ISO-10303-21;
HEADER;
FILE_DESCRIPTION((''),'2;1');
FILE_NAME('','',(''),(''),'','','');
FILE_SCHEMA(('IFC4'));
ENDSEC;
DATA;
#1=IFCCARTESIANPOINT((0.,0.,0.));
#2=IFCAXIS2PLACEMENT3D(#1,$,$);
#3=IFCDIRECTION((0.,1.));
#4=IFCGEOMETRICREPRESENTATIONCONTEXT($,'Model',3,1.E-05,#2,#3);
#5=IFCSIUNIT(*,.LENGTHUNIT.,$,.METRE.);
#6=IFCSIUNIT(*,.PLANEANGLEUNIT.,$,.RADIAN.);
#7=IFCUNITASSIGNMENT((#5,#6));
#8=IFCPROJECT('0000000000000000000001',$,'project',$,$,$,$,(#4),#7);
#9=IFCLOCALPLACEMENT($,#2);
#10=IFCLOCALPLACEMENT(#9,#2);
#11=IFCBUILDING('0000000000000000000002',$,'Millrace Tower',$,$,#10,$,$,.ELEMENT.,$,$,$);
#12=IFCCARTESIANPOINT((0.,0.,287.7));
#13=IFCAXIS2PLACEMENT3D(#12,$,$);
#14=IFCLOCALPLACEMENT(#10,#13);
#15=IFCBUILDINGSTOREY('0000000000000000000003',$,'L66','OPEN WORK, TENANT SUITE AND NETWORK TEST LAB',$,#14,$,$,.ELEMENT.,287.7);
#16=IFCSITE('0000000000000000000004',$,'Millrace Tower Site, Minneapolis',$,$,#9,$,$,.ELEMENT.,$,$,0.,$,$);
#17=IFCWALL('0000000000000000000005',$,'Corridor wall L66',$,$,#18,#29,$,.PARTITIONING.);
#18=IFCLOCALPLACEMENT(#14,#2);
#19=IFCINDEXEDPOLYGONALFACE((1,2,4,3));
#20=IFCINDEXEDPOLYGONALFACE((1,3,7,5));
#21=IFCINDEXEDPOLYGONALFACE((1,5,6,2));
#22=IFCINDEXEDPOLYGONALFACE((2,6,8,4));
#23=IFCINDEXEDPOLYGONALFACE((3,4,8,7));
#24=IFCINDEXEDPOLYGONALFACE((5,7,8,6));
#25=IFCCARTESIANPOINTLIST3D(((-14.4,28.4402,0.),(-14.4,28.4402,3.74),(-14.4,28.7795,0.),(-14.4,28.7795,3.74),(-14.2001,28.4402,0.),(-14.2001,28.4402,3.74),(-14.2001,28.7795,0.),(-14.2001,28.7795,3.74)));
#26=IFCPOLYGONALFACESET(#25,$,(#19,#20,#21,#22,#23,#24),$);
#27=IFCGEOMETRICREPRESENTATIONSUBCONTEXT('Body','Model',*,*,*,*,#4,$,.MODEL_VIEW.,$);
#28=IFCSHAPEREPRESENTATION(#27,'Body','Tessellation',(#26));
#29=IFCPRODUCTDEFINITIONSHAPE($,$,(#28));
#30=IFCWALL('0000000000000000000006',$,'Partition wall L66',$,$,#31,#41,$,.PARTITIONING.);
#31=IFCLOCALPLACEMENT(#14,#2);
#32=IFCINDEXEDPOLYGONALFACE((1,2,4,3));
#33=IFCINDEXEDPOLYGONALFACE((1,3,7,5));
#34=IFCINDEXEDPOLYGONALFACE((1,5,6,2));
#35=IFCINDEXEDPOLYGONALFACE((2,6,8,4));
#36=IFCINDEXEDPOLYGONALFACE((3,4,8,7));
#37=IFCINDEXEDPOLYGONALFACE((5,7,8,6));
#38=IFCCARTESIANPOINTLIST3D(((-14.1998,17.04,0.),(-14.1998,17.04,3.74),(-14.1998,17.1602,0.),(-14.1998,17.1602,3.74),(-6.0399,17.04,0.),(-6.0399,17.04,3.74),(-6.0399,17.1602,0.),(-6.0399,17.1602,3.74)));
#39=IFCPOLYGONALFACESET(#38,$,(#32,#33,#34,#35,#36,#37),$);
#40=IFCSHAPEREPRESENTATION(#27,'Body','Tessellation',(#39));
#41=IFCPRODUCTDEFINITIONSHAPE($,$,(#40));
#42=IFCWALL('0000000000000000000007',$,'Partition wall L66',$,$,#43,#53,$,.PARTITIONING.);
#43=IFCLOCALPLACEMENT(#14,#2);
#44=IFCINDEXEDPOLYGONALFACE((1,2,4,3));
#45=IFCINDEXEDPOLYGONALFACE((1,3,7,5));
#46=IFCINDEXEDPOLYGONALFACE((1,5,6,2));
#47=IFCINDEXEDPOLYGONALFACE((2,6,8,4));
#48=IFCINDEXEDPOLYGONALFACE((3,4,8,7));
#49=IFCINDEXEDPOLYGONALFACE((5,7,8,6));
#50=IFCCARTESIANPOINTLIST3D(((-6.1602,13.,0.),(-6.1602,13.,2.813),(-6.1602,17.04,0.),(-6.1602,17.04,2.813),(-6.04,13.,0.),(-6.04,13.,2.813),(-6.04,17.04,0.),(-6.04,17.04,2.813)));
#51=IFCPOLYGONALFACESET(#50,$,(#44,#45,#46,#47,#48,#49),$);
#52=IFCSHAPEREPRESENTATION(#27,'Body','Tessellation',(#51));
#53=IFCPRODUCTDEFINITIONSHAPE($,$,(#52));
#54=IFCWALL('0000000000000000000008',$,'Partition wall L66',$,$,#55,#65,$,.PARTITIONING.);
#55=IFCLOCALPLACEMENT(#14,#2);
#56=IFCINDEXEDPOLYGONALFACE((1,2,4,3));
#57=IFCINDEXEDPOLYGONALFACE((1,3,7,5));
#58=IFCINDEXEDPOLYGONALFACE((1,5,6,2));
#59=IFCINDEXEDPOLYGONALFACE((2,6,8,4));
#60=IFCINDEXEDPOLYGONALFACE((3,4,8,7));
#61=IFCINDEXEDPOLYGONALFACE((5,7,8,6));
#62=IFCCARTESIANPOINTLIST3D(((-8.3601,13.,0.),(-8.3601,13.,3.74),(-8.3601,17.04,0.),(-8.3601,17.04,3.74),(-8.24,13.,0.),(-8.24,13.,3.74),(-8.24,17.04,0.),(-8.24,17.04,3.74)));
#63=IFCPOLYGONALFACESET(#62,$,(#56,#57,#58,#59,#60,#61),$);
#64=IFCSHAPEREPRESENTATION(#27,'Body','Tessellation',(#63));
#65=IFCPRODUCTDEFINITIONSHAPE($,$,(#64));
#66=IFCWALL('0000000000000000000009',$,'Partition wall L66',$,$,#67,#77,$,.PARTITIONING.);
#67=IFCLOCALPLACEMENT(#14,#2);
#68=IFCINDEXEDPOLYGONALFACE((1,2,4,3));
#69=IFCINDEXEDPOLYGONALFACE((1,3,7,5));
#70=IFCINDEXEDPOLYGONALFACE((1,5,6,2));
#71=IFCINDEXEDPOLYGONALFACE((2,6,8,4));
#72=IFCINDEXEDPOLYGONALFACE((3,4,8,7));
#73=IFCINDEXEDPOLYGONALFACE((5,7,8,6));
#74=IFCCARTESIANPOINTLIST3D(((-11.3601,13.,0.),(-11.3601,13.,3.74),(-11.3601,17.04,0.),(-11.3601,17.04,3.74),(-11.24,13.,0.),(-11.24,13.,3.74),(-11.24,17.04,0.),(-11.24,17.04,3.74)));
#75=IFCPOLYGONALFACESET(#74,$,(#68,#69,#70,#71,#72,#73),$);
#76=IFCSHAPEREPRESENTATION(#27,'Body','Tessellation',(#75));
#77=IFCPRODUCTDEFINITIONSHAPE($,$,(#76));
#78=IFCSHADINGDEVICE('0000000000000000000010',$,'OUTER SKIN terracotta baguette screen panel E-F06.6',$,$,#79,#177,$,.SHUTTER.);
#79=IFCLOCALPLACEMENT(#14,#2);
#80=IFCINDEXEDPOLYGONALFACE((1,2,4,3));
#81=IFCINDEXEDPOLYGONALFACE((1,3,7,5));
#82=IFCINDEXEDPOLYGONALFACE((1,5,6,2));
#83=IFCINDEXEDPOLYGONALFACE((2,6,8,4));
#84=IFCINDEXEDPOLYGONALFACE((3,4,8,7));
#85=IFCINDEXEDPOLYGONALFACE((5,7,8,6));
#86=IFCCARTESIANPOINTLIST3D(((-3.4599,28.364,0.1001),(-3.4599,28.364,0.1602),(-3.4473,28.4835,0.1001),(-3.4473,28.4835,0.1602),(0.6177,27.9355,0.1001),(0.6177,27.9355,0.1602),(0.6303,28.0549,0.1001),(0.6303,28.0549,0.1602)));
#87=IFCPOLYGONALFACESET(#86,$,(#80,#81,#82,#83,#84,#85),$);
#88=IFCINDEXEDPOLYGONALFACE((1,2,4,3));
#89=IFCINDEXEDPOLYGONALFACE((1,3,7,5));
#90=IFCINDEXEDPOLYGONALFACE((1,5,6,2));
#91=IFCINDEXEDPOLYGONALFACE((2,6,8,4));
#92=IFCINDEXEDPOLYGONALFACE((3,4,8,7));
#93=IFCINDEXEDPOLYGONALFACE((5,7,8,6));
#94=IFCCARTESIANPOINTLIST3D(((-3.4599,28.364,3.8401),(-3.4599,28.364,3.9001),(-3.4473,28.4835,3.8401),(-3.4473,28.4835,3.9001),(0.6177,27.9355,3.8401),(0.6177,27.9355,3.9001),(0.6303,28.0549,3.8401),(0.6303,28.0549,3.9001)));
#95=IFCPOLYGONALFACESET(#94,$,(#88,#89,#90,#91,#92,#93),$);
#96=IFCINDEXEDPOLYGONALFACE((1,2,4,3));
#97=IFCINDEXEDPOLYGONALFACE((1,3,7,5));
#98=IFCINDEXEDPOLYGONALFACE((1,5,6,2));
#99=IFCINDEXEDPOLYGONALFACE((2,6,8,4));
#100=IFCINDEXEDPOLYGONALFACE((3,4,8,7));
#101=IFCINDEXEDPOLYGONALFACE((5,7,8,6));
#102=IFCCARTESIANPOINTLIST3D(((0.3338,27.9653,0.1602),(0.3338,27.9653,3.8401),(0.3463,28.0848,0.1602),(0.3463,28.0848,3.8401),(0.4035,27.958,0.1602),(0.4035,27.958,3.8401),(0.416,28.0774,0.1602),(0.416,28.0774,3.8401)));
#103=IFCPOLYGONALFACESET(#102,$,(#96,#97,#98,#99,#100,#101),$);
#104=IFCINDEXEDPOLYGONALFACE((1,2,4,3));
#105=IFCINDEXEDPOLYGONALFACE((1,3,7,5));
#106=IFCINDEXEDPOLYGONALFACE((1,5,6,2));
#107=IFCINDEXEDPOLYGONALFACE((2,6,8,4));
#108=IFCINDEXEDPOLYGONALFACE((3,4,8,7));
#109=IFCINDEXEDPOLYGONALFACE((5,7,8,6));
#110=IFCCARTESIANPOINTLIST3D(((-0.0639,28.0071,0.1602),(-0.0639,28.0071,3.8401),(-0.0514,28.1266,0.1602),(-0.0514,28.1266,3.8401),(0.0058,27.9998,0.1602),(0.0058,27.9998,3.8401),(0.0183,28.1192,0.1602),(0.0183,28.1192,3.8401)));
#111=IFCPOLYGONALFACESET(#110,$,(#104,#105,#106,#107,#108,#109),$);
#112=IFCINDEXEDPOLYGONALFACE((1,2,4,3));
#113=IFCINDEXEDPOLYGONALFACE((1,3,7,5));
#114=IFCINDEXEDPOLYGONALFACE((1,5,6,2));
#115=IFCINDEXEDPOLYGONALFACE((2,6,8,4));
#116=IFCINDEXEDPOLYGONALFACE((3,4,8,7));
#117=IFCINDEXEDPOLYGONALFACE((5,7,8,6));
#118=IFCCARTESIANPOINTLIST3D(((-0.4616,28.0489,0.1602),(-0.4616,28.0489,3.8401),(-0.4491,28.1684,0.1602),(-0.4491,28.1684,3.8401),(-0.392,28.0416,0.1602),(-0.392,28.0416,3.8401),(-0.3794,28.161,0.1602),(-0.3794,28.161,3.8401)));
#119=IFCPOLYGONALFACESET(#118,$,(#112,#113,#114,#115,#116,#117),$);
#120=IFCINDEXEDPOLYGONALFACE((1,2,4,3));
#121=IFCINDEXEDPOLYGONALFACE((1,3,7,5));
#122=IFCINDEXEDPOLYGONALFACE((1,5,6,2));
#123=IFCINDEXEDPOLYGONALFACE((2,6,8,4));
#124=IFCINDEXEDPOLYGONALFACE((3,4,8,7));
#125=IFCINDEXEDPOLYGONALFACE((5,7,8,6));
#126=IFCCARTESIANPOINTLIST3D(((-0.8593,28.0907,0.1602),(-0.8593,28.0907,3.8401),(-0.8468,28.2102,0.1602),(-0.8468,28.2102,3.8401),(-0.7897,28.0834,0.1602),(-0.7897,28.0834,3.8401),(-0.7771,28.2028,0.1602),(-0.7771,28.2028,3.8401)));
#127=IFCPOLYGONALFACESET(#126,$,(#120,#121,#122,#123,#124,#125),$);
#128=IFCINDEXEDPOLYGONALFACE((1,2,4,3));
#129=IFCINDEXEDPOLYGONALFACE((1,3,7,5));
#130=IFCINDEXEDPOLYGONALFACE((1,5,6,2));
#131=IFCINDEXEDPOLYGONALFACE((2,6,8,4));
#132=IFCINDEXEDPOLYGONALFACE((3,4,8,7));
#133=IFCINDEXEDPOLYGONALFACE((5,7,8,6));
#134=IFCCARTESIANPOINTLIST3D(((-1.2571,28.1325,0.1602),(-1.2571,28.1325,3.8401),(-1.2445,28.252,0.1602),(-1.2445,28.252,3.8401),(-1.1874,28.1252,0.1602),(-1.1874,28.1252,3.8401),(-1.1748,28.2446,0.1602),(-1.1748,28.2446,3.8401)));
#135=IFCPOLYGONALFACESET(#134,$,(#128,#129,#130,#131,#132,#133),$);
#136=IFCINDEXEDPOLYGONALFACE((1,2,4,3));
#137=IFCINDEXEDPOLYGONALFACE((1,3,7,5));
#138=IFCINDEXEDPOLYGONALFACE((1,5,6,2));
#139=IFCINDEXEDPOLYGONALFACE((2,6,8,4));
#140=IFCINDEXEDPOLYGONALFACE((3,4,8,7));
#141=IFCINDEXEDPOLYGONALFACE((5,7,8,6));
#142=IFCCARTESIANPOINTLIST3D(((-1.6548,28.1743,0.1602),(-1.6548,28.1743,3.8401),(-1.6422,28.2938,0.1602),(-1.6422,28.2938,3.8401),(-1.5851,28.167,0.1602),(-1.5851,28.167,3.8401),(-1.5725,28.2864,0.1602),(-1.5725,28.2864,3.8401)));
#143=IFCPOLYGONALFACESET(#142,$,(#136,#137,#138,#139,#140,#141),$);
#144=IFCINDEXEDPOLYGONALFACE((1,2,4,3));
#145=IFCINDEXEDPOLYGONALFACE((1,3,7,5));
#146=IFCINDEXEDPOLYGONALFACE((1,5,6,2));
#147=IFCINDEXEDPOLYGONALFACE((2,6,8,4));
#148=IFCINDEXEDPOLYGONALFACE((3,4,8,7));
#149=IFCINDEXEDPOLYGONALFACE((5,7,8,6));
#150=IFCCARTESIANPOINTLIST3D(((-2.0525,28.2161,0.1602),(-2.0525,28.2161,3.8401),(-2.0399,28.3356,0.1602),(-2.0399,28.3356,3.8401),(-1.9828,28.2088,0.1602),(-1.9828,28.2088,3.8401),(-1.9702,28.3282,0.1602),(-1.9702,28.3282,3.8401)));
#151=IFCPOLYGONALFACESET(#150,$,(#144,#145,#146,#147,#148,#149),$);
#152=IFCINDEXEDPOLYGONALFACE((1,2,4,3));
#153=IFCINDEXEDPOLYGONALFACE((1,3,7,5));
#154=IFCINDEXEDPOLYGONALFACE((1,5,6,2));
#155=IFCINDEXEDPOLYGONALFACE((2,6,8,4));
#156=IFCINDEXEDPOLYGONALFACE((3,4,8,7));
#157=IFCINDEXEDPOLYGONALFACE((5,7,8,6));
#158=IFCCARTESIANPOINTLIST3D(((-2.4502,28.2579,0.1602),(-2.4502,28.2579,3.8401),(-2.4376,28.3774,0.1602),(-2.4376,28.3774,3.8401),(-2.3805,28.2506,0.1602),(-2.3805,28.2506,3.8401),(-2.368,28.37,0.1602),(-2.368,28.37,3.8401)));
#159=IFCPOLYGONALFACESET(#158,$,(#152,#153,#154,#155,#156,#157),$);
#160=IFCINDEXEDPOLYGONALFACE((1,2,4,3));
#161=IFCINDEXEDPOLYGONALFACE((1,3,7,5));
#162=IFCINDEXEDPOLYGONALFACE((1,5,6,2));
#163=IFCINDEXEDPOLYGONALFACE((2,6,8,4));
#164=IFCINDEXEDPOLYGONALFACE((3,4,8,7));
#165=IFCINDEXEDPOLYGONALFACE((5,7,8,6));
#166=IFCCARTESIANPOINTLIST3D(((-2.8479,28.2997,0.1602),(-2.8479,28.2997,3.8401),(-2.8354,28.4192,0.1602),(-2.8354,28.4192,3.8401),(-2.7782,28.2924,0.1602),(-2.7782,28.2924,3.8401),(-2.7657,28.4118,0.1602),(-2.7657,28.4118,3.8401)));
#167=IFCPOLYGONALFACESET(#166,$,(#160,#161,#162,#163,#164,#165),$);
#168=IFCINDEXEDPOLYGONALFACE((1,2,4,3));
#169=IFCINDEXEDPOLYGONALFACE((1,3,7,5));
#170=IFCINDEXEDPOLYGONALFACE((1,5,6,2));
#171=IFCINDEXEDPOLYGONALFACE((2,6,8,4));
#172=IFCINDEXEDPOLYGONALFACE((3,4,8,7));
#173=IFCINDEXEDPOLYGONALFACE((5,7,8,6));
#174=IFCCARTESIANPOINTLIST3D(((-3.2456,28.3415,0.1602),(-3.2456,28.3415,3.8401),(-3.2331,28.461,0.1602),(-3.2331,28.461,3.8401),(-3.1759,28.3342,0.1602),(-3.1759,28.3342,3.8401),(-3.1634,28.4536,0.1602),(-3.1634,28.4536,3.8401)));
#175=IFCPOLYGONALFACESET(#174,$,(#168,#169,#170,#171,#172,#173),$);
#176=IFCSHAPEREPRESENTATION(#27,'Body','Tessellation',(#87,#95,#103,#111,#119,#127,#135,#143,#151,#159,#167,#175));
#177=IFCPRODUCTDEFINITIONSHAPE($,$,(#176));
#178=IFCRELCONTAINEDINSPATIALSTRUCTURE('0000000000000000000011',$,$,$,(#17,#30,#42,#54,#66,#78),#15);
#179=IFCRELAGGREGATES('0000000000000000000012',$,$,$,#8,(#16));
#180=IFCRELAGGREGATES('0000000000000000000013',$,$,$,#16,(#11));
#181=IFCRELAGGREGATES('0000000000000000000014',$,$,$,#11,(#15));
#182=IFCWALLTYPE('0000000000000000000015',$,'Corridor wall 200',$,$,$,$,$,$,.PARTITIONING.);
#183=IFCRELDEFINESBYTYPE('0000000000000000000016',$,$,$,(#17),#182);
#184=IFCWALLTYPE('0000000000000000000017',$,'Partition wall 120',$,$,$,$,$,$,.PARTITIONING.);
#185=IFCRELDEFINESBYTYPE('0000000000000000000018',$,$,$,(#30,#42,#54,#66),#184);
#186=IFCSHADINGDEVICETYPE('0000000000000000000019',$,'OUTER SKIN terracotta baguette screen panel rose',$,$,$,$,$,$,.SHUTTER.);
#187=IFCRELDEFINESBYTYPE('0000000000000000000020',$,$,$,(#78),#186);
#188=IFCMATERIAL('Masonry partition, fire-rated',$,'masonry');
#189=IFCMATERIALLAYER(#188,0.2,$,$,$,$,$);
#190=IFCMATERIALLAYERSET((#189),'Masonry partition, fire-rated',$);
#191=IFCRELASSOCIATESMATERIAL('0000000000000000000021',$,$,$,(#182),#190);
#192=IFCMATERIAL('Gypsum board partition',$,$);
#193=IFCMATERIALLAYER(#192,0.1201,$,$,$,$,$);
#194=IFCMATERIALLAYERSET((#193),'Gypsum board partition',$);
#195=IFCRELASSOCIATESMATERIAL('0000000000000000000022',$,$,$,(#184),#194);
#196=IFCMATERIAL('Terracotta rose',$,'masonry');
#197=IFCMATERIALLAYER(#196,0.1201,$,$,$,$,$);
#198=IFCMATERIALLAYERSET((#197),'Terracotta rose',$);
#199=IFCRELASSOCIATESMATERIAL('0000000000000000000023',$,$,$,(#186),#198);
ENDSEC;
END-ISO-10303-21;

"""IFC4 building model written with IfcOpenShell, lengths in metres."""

from ifc_helpers import new_model, entity, si_unit, direction, frame, frame_2d, origin, place, context, subcontext, project, spatial, rectangle, extrude, source, transform, mapped, material, layer, layer_set, type_object, element, save


model = new_model("IFC4")

# Units and contexts
model_context = context("Model", 3, precision=1e-05, world=origin(), true_north=direction((0.0, 1.0)))
body_context = subcontext(model_context, "Body", "Model", "MODEL_VIEW")
ifc_project = project(units=[si_unit("LENGTHUNIT", "METRE"), si_unit("PLANEANGLEUNIT", "RADIAN")], contexts=[model_context])

# Site, building, storey
site_placement = place(None, origin())
site = spatial("IfcSite", under=ifc_project, at=site_placement, Name="Millrace Tower Site, Minneapolis", CompositionType="ELEMENT", RefElevation=0.0)
building_placement = place(site_placement, origin())
building = spatial("IfcBuilding", under=site, at=building_placement, Name="Millrace Tower", CompositionType="ELEMENT")
storey_placement = place(building_placement, frame((0.0, 0.0, 287.7)))
storey = spatial("IfcBuildingStorey", under=building, at=storey_placement, Name="L66", Description="OPEN WORK, TENANT SUITE AND NETWORK TEST LAB", CompositionType="ELEMENT", Elevation=287.7)

# Shared definitions
ifc_material_1 = material(Name="Masonry partition, fire-rated", Category="masonry")
ifc_layer_1 = layer(ifc_material_1, 0.2)
ifc_layer_set_1 = layer_set([ifc_layer_1], Name="Masonry partition, fire-rated")
wall_type_1 = type_object("IfcWallType", Name="Corridor wall 200", PredefinedType="PARTITIONING", material=ifc_layer_set_1)

# Walls
wall_1_placement = place(storey_placement, frame((-14.3, 28.4402, 0.0), z_axis=(0.0, 0.0, 1.0), x_axis=(0.0, 1.0, 0.0)))
element("IfcWall", 1, at=wall_1_placement, inside=storey, type_object=wall_type_1, Name="Corridor wall L66", PredefinedType="PARTITIONING", context=body_context, shape_type="SweptSolid", body=[
    extrude(rectangle(XDim=0.3394, YDim=0.2, at=frame_2d((0.1697, 0.0))), origin(), (0.0, 0.0, 1.0), 3.74),
])
ifc_material_2 = material(Name="Gypsum board partition")
ifc_layer_2 = layer(ifc_material_2, 0.1201)
ifc_layer_set_2 = layer_set([ifc_layer_2], Name="Gypsum board partition")
wall_type_2 = type_object("IfcWallType", Name="Partition wall 120", PredefinedType="PARTITIONING", material=ifc_layer_set_2)
wall_2_placement = place(storey_placement, frame((-14.2, 17.1001, 0.0), z_axis=(0.0, 0.0, 1.0), x_axis=(1.0, 0.0, 0.0)))
element("IfcWall", 2, at=wall_2_placement, inside=storey, type_object=wall_type_2, Name="Partition wall L66", PredefinedType="PARTITIONING", context=body_context, shape_type="SweptSolid", body=[
    extrude(rectangle(XDim=8.1599, YDim=0.1201, at=frame_2d((4.0801, 0.0))), origin(), (0.0, 0.0, 1.0), 3.74),
])
wall_3_placement = place(storey_placement, frame((-6.1001, 13.0, 0.0), z_axis=(0.0, 0.0, 1.0), x_axis=(0.0, 1.0, 0.0)))
element("IfcWall", 3, at=wall_3_placement, inside=storey, type_object=wall_type_2, Name="Partition wall L66", PredefinedType="PARTITIONING", context=body_context, shape_type="SweptSolid", body=[
    extrude(rectangle(XDim=4.04, YDim=0.1201, at=frame_2d((2.02, 0.0))), origin(), (0.0, 0.0, 1.0), 2.813),
])
for number, where, z_axis, x_axis, name in (
    (4, (-8.3, 13.0, 0.0), (0.0, 0.0, 1.0), (0.0, 1.0, 0.0), "Partition wall L66"),
    (5, (-11.3, 13.0, 0.0), (0.0, 0.0, 1.0), (0.0, 1.0, 0.0), "Partition wall L66"),
):
    element("IfcWall", number, at=place(storey_placement, frame(where, z_axis=z_axis, x_axis=x_axis)), inside=storey, type_object=wall_type_2, Name=name, PredefinedType="PARTITIONING", context=body_context, shape_type="SweptSolid", body=[
        extrude(rectangle(XDim=4.04, YDim=0.1201, at=frame_2d((2.02, 0.0))), origin(), (0.0, 0.0, 1.0), 3.74),
    ])

# Shading device
ifc_material_3 = material(Name="Terracotta rose", Category="masonry")
ifc_layer_3 = layer(ifc_material_3, 0.1201)
ifc_layer_set_3 = layer_set([ifc_layer_3], Name="Terracotta rose")
shading_device_type = type_object("IfcShadingDeviceType", Name="OUTER SKIN terracotta baguette screen panel rose", PredefinedType="SHUTTER", material=ifc_layer_set_3)
cartesian_point_1 = entity("IfcCartesianPoint", [-2.05, 0.0601])
shared_polyline_1 = entity("IfcPolyline", [cartesian_point_1, entity("IfcCartesianPoint", [2.05, 0.0601]), entity("IfcCartesianPoint", [2.05, -0.0601]), entity("IfcCartesianPoint", [-2.05, -0.0601]), cartesian_point_1])
shared_shape_1 = source(origin(), body_context, "Body", "SweptSolid", [
    entity("IfcExtrudedAreaSolid", entity("IfcArbitraryClosedProfileDef", "AREA", None, shared_polyline_1), entity("IfcAxis2Placement3D", entity("IfcCartesianPoint", [0.0, 0.0, 0.0])), entity("IfcDirection", [0.0, 0.0, 1.0]), 0.0601),
    entity("IfcExtrudedAreaSolid", entity("IfcArbitraryClosedProfileDef", "AREA", None, shared_polyline_1), entity("IfcAxis2Placement3D", entity("IfcCartesianPoint", [0.0, 0.0, 3.74])), entity("IfcDirection", [0.0, 0.0, 1.0]), 0.0601),
    extrude(rectangle(XDim=0.0701, YDim=0.1201, at=frame_2d((-1.7996, 0.0))), frame((0.0, 0.0, 0.0601)), (0.0, 0.0, 1.0), 3.6799),
    extrude(rectangle(XDim=0.0701, YDim=0.1201, at=frame_2d((-1.3997, 0.0))), frame((0.0, 0.0, 0.0601)), (0.0, 0.0, 1.0), 3.6799),
    extrude(rectangle(XDim=0.0701, YDim=0.1201, at=frame_2d((-0.9998, 0.0))), frame((0.0, 0.0, 0.0601)), (0.0, 0.0, 1.0), 3.6799),
    extrude(rectangle(XDim=0.0701, YDim=0.1201, at=frame_2d((-0.5999, 0.0))), frame((0.0, 0.0, 0.0601)), (0.0, 0.0, 1.0), 3.6799),
    extrude(rectangle(XDim=0.0701, YDim=0.1201, at=frame_2d((-0.2, 0.0))), frame((0.0, 0.0, 0.0601)), (0.0, 0.0, 1.0), 3.6799),
    extrude(rectangle(XDim=0.0701, YDim=0.1201, at=frame_2d((0.2, 0.0))), frame((0.0, 0.0, 0.0601)), (0.0, 0.0, 1.0), 3.6799),
    extrude(rectangle(XDim=0.0701, YDim=0.1201, at=frame_2d((0.5999, 0.0))), frame((0.0, 0.0, 0.0601)), (0.0, 0.0, 1.0), 3.6799),
    extrude(rectangle(XDim=0.0701, YDim=0.1201, at=frame_2d((0.9998, 0.0))), frame((0.0, 0.0, 0.0601)), (0.0, 0.0, 1.0), 3.6799),
    extrude(rectangle(XDim=0.0701, YDim=0.1201, at=frame_2d((1.3997, 0.0))), frame((0.0, 0.0, 0.0601)), (0.0, 0.0, 1.0), 3.6799),
    extrude(rectangle(XDim=0.0701, YDim=0.1201, at=frame_2d((1.7996, 0.0))), frame((0.0, 0.0, 0.0601)), (0.0, 0.0, 1.0), 3.6799),
])
for number, where, z_axis, x_axis, name in (
    (6, (-1.4148, 28.2095, 0.1001), (0.0, 0.0, 1.0), (-0.994522, 0.104528, 0.0), "OUTER SKIN terracotta baguette screen panel E-F06.6"),
):
    element("IfcShadingDevice", number, at=place(storey_placement, frame(where, z_axis=z_axis, x_axis=x_axis)), inside=storey, type_object=shading_device_type, Name=name, PredefinedType="SHUTTER", context=body_context, shape_type="MappedRepresentation", body=[
        mapped(shared_shape_1, transform((0.0, 0.0, 0.0), scale=1.0)),
    ])

save(model, "model.ifc")
